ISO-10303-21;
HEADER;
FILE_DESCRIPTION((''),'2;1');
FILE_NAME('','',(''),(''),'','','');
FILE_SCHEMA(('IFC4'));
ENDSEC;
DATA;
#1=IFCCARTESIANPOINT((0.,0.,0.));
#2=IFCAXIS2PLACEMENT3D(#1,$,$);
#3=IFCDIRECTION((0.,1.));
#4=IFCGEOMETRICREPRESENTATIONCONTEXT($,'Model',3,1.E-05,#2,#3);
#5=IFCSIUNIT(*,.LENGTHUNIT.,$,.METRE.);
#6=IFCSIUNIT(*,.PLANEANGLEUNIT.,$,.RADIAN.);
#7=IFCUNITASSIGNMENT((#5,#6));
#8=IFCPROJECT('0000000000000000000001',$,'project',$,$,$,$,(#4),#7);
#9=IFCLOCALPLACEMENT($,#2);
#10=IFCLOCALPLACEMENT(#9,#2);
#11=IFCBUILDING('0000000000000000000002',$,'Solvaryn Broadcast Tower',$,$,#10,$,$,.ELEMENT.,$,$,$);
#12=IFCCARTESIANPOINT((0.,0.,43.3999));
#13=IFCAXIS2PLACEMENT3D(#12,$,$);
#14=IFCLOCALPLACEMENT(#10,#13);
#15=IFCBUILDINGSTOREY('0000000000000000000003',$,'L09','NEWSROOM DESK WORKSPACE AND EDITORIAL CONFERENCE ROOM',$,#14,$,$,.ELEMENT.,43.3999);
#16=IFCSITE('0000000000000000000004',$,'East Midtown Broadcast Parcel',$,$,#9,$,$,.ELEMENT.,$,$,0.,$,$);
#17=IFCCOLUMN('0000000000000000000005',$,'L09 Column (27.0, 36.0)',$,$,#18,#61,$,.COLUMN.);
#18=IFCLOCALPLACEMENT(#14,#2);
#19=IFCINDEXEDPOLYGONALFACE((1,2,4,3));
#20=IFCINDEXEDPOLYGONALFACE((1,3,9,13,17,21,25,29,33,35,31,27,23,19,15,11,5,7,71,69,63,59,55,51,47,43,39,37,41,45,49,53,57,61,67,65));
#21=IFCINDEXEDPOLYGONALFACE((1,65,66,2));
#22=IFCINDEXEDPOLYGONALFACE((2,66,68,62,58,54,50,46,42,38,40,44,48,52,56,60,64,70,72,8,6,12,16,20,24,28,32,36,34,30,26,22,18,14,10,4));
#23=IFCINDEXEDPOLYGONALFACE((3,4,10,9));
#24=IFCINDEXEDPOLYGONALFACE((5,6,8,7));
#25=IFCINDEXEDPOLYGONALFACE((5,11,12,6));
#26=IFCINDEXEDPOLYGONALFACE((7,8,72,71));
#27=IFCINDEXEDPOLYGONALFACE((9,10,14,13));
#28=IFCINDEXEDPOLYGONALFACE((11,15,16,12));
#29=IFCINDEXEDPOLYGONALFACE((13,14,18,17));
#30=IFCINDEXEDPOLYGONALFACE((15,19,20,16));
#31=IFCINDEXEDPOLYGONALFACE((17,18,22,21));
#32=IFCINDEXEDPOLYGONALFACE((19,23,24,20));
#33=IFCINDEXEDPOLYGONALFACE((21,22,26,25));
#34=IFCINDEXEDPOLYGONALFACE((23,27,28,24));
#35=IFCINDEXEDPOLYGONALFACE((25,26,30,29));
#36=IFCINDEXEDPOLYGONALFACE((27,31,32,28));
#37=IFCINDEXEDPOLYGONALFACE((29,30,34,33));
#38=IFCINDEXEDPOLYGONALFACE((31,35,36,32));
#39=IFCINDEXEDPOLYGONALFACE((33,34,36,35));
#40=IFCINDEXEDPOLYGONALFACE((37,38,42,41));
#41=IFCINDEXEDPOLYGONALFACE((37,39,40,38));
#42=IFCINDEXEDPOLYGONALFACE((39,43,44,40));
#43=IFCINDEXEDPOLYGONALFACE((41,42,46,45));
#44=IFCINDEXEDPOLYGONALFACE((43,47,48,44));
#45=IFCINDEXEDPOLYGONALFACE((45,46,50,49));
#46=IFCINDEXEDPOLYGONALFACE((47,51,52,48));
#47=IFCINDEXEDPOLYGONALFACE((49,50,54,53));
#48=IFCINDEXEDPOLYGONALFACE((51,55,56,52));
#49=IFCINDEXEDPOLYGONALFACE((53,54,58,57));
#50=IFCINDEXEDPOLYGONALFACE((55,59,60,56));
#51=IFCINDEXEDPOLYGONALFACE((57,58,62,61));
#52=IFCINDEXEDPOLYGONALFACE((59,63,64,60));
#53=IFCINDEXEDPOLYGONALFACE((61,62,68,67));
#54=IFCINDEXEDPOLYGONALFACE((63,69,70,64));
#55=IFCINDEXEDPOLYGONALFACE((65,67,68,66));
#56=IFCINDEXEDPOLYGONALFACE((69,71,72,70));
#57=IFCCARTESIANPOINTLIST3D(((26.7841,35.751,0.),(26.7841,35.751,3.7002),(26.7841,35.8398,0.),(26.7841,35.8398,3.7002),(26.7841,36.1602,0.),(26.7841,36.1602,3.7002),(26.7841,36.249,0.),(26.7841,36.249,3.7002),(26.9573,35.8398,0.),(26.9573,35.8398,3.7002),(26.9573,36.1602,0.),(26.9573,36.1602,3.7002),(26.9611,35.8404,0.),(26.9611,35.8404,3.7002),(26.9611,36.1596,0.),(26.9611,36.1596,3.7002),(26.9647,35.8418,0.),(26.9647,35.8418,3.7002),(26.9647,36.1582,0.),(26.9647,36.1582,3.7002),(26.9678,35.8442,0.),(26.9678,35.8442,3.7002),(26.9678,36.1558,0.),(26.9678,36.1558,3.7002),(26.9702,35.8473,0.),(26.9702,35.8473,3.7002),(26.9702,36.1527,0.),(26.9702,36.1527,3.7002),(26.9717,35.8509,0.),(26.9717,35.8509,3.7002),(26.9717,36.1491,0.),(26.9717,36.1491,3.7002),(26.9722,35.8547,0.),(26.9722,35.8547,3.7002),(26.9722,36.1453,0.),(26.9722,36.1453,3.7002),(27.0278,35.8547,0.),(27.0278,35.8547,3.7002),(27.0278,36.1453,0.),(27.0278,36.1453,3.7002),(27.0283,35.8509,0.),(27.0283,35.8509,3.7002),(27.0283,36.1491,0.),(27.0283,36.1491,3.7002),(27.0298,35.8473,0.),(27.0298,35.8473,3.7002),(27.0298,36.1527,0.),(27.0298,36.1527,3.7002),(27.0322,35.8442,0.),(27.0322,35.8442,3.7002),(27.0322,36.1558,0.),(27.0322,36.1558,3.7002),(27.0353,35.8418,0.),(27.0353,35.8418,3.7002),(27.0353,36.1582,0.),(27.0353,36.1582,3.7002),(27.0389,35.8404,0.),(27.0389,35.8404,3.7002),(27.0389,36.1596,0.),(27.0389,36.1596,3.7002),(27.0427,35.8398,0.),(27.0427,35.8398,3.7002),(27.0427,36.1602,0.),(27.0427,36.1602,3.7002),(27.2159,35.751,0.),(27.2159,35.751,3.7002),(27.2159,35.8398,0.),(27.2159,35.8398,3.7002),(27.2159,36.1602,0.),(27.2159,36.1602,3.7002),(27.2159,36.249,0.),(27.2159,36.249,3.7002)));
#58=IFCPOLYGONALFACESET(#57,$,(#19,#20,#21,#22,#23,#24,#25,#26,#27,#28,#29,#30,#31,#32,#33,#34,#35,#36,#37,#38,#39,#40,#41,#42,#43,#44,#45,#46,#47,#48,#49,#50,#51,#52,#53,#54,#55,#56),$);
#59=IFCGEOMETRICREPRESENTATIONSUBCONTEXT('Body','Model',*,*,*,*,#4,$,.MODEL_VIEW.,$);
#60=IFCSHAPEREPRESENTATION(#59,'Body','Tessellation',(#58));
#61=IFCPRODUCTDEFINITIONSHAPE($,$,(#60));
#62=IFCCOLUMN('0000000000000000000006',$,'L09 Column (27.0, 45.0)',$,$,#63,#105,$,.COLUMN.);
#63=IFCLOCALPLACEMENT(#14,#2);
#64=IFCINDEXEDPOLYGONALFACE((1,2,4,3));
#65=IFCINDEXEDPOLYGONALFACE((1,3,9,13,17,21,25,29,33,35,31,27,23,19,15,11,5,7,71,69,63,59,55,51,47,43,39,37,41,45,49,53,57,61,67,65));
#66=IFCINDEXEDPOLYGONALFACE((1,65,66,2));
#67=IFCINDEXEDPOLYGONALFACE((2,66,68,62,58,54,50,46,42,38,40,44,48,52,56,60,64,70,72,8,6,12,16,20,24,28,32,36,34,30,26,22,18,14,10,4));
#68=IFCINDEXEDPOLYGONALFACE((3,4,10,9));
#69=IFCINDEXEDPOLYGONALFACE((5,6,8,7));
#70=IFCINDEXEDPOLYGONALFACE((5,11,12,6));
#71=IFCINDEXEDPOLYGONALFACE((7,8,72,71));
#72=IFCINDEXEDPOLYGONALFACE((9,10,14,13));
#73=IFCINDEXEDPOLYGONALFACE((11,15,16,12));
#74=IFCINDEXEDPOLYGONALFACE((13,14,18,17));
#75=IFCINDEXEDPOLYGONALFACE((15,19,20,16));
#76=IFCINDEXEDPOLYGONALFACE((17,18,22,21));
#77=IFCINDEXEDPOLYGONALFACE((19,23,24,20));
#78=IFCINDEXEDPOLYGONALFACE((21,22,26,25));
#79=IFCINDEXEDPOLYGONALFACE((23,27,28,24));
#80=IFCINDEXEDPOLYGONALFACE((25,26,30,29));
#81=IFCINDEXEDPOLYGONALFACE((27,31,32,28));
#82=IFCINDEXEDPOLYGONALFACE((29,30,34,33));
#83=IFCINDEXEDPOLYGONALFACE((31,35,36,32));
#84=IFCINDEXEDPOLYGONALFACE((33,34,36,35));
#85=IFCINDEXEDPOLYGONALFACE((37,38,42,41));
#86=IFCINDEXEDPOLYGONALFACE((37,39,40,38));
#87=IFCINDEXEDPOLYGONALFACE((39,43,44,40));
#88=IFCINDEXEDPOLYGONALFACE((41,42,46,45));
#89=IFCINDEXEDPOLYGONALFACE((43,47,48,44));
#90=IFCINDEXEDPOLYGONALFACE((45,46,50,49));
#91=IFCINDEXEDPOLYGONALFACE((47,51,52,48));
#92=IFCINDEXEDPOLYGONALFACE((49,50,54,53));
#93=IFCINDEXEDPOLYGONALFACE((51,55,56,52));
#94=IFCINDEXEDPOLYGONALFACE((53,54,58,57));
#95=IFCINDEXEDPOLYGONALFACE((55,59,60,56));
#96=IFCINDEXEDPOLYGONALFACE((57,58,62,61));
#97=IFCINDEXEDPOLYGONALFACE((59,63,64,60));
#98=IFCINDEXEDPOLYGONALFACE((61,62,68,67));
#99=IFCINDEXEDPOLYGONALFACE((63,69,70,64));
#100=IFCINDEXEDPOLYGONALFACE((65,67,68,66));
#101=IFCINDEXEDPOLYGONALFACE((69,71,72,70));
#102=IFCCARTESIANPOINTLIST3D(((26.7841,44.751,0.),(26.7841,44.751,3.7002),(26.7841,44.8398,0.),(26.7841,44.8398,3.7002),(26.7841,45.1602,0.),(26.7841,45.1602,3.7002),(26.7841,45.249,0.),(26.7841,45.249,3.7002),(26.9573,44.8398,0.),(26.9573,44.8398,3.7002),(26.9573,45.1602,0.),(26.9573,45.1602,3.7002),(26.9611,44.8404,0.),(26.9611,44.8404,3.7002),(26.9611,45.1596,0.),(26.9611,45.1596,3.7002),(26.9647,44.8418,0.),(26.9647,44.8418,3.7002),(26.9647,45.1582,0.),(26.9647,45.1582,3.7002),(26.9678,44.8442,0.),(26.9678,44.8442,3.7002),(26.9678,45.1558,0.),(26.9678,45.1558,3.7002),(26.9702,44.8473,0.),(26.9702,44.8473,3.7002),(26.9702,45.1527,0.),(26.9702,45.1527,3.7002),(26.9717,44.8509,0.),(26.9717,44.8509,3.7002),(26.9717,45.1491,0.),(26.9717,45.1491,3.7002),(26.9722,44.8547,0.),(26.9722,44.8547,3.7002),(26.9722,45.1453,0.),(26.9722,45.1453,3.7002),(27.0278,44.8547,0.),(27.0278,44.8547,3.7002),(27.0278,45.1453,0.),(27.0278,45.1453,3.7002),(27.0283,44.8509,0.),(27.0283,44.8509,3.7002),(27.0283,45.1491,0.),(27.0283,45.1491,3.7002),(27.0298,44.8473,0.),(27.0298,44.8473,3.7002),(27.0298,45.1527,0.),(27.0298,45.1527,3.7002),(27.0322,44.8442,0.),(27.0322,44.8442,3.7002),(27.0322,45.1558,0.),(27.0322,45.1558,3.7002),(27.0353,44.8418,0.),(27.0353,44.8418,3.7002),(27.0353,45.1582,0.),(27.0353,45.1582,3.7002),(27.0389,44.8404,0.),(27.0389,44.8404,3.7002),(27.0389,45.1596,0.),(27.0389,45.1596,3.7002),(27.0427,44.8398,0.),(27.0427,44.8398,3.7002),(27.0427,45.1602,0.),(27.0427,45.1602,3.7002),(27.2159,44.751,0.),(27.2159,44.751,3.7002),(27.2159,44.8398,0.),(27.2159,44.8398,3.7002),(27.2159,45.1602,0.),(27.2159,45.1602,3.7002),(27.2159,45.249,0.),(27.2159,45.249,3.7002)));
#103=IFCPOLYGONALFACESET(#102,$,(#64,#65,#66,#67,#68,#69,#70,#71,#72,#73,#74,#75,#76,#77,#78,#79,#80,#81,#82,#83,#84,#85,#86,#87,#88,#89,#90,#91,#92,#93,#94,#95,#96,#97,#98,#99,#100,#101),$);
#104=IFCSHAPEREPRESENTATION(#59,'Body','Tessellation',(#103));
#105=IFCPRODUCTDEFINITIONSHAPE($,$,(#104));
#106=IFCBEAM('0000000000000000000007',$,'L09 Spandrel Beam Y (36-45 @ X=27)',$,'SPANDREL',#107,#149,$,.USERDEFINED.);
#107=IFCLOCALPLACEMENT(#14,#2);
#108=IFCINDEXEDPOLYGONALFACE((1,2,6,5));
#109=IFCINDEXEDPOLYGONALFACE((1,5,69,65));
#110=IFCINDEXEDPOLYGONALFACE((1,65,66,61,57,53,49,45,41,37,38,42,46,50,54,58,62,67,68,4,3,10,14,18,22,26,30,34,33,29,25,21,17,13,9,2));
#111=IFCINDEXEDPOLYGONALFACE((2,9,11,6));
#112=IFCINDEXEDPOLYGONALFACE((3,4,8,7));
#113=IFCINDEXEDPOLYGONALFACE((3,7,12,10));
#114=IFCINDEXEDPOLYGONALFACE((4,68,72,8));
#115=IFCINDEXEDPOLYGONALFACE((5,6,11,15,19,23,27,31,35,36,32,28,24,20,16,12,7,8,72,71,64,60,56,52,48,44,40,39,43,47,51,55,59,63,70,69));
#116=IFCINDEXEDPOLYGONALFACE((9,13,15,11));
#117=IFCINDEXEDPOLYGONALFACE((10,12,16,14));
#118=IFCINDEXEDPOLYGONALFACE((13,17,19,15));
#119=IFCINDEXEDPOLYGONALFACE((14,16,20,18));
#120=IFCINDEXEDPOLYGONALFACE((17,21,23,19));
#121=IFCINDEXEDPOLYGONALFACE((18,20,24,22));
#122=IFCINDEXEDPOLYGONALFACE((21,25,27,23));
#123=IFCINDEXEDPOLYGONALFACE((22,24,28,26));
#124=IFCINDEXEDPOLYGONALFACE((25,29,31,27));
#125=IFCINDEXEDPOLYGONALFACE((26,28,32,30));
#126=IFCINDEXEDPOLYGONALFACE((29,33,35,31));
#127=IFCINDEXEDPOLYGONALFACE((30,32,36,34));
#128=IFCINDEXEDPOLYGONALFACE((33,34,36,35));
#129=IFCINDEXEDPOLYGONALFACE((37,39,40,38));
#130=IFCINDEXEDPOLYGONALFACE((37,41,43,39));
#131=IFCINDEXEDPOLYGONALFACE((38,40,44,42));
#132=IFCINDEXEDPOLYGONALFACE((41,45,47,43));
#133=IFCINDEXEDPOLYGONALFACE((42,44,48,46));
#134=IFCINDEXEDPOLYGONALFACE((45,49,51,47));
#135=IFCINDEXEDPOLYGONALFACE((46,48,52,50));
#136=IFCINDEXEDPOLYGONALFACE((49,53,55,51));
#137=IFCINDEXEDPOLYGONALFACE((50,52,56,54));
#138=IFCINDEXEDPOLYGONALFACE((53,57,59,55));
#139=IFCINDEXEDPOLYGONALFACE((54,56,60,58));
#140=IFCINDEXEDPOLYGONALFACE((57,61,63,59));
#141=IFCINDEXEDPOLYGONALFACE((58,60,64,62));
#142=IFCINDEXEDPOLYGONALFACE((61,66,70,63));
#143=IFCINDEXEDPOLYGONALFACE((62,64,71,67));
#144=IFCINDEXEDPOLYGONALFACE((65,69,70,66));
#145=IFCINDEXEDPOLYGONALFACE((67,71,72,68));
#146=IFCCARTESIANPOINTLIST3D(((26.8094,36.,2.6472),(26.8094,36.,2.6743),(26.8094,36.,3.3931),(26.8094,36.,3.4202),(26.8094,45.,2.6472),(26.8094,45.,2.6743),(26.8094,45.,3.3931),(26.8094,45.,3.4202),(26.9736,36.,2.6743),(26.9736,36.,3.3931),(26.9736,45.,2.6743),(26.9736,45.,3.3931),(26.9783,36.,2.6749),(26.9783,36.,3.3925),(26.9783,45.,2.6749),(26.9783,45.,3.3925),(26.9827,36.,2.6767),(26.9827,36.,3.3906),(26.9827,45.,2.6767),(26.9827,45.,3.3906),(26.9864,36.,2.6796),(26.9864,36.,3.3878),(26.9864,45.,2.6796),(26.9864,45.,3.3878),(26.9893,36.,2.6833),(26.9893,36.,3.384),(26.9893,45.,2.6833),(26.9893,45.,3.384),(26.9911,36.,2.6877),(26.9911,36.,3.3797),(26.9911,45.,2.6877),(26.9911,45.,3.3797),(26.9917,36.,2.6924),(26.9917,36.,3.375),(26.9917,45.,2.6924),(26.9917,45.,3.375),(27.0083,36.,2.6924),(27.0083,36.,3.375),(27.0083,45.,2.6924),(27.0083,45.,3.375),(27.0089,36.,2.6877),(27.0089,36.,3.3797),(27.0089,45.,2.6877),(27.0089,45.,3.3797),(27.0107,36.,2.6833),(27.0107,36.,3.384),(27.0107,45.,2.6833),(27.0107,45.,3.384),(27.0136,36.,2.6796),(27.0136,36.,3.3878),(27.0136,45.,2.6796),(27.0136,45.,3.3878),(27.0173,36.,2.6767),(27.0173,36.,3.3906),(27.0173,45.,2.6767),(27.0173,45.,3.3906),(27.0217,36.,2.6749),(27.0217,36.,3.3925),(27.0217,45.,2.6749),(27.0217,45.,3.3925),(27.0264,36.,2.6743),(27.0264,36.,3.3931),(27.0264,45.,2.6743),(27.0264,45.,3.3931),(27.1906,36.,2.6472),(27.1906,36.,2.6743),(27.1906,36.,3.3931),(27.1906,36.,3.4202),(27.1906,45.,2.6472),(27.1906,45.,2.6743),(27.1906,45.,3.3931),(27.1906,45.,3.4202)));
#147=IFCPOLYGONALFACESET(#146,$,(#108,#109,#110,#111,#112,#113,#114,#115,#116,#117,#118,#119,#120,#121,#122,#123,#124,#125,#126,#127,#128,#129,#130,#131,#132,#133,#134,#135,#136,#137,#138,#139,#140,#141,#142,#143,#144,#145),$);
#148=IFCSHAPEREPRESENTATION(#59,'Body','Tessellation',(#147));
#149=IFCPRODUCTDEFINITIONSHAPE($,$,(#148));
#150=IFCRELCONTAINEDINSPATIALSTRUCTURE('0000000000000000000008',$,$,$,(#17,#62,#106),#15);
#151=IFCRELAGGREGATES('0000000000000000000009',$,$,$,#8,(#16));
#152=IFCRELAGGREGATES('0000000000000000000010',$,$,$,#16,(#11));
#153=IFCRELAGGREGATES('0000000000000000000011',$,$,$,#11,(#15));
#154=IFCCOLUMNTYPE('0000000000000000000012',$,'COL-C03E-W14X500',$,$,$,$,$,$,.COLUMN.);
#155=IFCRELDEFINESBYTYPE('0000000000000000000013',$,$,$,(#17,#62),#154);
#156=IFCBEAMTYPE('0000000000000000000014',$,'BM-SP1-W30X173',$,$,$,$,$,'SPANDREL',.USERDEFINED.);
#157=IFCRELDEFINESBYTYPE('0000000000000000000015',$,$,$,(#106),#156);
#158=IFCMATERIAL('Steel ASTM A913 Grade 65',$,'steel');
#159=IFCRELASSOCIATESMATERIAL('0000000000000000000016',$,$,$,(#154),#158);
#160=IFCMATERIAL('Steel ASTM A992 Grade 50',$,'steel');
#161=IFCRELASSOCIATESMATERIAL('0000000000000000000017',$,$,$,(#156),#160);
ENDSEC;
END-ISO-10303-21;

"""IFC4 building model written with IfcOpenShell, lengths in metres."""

from ifc_helpers import new_model, si_unit, direction, frame, origin, origin_2d, place, context, subcontext, project, spatial, i_section, extrude, material, material_profile, profile_set, type_object, element, save


model = new_model("IFC4")

# Units and contexts
model_context = context("Model", 3, precision=1e-05, world=origin(), true_north=direction((0.0, 1.0)))
body_context = subcontext(model_context, "Body", "Model", "MODEL_VIEW")
ifc_project = project(units=[si_unit("LENGTHUNIT", "METRE"), si_unit("PLANEANGLEUNIT", "RADIAN")], contexts=[model_context])

# Site, building, storey
site_placement = place(None, origin())
site = spatial("IfcSite", under=ifc_project, at=site_placement, Name="East Midtown Broadcast Parcel", CompositionType="ELEMENT", RefElevation=0.0)
building_placement = place(site_placement, origin())
building = spatial("IfcBuilding", under=site, at=building_placement, Name="Solvaryn Broadcast Tower", CompositionType="ELEMENT")
storey_placement = place(building_placement, frame((0.0, 0.0, 43.3999)))
storey = spatial("IfcBuildingStorey", under=building, at=storey_placement, Name="L09", Description="NEWSROOM DESK WORKSPACE AND EDITORIAL CONFERENCE ROOM", CompositionType="ELEMENT", Elevation=43.3999)

# Columns
ifc_material_1 = material(Name="Steel ASTM A913 Grade 65", Category="steel")
ifc_material_profile_1 = material_profile(ifc_material_1, i_section(OverallWidth=0.4319, OverallDepth=0.498, WebThickness=0.0557, FlangeThickness=0.0889, FilletRadius=0.0149, at=origin_2d()))
ifc_profile_set_1 = profile_set([ifc_material_profile_1], Name="Steel ASTM A913 Grade 65")
column_type = type_object("IfcColumnType", Name="COL-C03E-W14X500", PredefinedType="COLUMN", material=ifc_profile_set_1)
for number, where, z_axis, x_axis, name in (
    (1, (27.0, 36.0, 0.0), (0.0, 0.0, 1.0), (1.0, 0.0, 0.0), "L09 Column (27.0, 36.0)"),
    (2, (27.0, 45.0, 0.0), (0.0, 0.0, 1.0), (1.0, 0.0, 0.0), "L09 Column (27.0, 45.0)"),
):
    element("IfcColumn", number, at=place(storey_placement, frame(where, z_axis=z_axis, x_axis=x_axis)), inside=storey, type_object=column_type, Name=name, PredefinedType="COLUMN", context=body_context, shape_type="SweptSolid", body=[
        extrude(i_section(OverallWidth=0.4319, OverallDepth=0.498, WebThickness=0.0557, FlangeThickness=0.0889, FilletRadius=0.0149, at=origin_2d()), origin(), (0.0, 0.0, 1.0), 3.7002),
    ])

# Beam
ifc_material_2 = material(Name="Steel ASTM A992 Grade 50", Category="steel")
ifc_material_profile_2 = material_profile(ifc_material_2, i_section(OverallWidth=0.3811, OverallDepth=0.7729, WebThickness=0.0166, FlangeThickness=0.0271, FilletRadius=0.0181, at=origin_2d()))
ifc_profile_set_2 = profile_set([ifc_material_profile_2], Name="Steel ASTM A992 Grade 50")
beam_type = type_object("IfcBeamType", Name="BM-SP1-W30X173", ElementType="SPANDREL", PredefinedType="USERDEFINED", material=ifc_profile_set_2)
beam_placement = place(storey_placement, frame((27.0, 36.0, 3.0337), z_axis=(0.0, 1.0, 0.0), x_axis=(-1.0, 0.0, 0.0)))
element("IfcBeam", 3, at=beam_placement, inside=storey, type_object=beam_type, Name="L09 Spandrel Beam Y (36-45 @ X=27)", ObjectType="SPANDREL", PredefinedType="USERDEFINED", context=body_context, shape_type="SweptSolid", body=[
    extrude(i_section(OverallWidth=0.3811, OverallDepth=0.7729, WebThickness=0.0166, FlangeThickness=0.0271, FilletRadius=0.0181, at=origin_2d()), origin(), (0.0, 0.0, 1.0), 9.0),
])

save(model, "model.ifc")
